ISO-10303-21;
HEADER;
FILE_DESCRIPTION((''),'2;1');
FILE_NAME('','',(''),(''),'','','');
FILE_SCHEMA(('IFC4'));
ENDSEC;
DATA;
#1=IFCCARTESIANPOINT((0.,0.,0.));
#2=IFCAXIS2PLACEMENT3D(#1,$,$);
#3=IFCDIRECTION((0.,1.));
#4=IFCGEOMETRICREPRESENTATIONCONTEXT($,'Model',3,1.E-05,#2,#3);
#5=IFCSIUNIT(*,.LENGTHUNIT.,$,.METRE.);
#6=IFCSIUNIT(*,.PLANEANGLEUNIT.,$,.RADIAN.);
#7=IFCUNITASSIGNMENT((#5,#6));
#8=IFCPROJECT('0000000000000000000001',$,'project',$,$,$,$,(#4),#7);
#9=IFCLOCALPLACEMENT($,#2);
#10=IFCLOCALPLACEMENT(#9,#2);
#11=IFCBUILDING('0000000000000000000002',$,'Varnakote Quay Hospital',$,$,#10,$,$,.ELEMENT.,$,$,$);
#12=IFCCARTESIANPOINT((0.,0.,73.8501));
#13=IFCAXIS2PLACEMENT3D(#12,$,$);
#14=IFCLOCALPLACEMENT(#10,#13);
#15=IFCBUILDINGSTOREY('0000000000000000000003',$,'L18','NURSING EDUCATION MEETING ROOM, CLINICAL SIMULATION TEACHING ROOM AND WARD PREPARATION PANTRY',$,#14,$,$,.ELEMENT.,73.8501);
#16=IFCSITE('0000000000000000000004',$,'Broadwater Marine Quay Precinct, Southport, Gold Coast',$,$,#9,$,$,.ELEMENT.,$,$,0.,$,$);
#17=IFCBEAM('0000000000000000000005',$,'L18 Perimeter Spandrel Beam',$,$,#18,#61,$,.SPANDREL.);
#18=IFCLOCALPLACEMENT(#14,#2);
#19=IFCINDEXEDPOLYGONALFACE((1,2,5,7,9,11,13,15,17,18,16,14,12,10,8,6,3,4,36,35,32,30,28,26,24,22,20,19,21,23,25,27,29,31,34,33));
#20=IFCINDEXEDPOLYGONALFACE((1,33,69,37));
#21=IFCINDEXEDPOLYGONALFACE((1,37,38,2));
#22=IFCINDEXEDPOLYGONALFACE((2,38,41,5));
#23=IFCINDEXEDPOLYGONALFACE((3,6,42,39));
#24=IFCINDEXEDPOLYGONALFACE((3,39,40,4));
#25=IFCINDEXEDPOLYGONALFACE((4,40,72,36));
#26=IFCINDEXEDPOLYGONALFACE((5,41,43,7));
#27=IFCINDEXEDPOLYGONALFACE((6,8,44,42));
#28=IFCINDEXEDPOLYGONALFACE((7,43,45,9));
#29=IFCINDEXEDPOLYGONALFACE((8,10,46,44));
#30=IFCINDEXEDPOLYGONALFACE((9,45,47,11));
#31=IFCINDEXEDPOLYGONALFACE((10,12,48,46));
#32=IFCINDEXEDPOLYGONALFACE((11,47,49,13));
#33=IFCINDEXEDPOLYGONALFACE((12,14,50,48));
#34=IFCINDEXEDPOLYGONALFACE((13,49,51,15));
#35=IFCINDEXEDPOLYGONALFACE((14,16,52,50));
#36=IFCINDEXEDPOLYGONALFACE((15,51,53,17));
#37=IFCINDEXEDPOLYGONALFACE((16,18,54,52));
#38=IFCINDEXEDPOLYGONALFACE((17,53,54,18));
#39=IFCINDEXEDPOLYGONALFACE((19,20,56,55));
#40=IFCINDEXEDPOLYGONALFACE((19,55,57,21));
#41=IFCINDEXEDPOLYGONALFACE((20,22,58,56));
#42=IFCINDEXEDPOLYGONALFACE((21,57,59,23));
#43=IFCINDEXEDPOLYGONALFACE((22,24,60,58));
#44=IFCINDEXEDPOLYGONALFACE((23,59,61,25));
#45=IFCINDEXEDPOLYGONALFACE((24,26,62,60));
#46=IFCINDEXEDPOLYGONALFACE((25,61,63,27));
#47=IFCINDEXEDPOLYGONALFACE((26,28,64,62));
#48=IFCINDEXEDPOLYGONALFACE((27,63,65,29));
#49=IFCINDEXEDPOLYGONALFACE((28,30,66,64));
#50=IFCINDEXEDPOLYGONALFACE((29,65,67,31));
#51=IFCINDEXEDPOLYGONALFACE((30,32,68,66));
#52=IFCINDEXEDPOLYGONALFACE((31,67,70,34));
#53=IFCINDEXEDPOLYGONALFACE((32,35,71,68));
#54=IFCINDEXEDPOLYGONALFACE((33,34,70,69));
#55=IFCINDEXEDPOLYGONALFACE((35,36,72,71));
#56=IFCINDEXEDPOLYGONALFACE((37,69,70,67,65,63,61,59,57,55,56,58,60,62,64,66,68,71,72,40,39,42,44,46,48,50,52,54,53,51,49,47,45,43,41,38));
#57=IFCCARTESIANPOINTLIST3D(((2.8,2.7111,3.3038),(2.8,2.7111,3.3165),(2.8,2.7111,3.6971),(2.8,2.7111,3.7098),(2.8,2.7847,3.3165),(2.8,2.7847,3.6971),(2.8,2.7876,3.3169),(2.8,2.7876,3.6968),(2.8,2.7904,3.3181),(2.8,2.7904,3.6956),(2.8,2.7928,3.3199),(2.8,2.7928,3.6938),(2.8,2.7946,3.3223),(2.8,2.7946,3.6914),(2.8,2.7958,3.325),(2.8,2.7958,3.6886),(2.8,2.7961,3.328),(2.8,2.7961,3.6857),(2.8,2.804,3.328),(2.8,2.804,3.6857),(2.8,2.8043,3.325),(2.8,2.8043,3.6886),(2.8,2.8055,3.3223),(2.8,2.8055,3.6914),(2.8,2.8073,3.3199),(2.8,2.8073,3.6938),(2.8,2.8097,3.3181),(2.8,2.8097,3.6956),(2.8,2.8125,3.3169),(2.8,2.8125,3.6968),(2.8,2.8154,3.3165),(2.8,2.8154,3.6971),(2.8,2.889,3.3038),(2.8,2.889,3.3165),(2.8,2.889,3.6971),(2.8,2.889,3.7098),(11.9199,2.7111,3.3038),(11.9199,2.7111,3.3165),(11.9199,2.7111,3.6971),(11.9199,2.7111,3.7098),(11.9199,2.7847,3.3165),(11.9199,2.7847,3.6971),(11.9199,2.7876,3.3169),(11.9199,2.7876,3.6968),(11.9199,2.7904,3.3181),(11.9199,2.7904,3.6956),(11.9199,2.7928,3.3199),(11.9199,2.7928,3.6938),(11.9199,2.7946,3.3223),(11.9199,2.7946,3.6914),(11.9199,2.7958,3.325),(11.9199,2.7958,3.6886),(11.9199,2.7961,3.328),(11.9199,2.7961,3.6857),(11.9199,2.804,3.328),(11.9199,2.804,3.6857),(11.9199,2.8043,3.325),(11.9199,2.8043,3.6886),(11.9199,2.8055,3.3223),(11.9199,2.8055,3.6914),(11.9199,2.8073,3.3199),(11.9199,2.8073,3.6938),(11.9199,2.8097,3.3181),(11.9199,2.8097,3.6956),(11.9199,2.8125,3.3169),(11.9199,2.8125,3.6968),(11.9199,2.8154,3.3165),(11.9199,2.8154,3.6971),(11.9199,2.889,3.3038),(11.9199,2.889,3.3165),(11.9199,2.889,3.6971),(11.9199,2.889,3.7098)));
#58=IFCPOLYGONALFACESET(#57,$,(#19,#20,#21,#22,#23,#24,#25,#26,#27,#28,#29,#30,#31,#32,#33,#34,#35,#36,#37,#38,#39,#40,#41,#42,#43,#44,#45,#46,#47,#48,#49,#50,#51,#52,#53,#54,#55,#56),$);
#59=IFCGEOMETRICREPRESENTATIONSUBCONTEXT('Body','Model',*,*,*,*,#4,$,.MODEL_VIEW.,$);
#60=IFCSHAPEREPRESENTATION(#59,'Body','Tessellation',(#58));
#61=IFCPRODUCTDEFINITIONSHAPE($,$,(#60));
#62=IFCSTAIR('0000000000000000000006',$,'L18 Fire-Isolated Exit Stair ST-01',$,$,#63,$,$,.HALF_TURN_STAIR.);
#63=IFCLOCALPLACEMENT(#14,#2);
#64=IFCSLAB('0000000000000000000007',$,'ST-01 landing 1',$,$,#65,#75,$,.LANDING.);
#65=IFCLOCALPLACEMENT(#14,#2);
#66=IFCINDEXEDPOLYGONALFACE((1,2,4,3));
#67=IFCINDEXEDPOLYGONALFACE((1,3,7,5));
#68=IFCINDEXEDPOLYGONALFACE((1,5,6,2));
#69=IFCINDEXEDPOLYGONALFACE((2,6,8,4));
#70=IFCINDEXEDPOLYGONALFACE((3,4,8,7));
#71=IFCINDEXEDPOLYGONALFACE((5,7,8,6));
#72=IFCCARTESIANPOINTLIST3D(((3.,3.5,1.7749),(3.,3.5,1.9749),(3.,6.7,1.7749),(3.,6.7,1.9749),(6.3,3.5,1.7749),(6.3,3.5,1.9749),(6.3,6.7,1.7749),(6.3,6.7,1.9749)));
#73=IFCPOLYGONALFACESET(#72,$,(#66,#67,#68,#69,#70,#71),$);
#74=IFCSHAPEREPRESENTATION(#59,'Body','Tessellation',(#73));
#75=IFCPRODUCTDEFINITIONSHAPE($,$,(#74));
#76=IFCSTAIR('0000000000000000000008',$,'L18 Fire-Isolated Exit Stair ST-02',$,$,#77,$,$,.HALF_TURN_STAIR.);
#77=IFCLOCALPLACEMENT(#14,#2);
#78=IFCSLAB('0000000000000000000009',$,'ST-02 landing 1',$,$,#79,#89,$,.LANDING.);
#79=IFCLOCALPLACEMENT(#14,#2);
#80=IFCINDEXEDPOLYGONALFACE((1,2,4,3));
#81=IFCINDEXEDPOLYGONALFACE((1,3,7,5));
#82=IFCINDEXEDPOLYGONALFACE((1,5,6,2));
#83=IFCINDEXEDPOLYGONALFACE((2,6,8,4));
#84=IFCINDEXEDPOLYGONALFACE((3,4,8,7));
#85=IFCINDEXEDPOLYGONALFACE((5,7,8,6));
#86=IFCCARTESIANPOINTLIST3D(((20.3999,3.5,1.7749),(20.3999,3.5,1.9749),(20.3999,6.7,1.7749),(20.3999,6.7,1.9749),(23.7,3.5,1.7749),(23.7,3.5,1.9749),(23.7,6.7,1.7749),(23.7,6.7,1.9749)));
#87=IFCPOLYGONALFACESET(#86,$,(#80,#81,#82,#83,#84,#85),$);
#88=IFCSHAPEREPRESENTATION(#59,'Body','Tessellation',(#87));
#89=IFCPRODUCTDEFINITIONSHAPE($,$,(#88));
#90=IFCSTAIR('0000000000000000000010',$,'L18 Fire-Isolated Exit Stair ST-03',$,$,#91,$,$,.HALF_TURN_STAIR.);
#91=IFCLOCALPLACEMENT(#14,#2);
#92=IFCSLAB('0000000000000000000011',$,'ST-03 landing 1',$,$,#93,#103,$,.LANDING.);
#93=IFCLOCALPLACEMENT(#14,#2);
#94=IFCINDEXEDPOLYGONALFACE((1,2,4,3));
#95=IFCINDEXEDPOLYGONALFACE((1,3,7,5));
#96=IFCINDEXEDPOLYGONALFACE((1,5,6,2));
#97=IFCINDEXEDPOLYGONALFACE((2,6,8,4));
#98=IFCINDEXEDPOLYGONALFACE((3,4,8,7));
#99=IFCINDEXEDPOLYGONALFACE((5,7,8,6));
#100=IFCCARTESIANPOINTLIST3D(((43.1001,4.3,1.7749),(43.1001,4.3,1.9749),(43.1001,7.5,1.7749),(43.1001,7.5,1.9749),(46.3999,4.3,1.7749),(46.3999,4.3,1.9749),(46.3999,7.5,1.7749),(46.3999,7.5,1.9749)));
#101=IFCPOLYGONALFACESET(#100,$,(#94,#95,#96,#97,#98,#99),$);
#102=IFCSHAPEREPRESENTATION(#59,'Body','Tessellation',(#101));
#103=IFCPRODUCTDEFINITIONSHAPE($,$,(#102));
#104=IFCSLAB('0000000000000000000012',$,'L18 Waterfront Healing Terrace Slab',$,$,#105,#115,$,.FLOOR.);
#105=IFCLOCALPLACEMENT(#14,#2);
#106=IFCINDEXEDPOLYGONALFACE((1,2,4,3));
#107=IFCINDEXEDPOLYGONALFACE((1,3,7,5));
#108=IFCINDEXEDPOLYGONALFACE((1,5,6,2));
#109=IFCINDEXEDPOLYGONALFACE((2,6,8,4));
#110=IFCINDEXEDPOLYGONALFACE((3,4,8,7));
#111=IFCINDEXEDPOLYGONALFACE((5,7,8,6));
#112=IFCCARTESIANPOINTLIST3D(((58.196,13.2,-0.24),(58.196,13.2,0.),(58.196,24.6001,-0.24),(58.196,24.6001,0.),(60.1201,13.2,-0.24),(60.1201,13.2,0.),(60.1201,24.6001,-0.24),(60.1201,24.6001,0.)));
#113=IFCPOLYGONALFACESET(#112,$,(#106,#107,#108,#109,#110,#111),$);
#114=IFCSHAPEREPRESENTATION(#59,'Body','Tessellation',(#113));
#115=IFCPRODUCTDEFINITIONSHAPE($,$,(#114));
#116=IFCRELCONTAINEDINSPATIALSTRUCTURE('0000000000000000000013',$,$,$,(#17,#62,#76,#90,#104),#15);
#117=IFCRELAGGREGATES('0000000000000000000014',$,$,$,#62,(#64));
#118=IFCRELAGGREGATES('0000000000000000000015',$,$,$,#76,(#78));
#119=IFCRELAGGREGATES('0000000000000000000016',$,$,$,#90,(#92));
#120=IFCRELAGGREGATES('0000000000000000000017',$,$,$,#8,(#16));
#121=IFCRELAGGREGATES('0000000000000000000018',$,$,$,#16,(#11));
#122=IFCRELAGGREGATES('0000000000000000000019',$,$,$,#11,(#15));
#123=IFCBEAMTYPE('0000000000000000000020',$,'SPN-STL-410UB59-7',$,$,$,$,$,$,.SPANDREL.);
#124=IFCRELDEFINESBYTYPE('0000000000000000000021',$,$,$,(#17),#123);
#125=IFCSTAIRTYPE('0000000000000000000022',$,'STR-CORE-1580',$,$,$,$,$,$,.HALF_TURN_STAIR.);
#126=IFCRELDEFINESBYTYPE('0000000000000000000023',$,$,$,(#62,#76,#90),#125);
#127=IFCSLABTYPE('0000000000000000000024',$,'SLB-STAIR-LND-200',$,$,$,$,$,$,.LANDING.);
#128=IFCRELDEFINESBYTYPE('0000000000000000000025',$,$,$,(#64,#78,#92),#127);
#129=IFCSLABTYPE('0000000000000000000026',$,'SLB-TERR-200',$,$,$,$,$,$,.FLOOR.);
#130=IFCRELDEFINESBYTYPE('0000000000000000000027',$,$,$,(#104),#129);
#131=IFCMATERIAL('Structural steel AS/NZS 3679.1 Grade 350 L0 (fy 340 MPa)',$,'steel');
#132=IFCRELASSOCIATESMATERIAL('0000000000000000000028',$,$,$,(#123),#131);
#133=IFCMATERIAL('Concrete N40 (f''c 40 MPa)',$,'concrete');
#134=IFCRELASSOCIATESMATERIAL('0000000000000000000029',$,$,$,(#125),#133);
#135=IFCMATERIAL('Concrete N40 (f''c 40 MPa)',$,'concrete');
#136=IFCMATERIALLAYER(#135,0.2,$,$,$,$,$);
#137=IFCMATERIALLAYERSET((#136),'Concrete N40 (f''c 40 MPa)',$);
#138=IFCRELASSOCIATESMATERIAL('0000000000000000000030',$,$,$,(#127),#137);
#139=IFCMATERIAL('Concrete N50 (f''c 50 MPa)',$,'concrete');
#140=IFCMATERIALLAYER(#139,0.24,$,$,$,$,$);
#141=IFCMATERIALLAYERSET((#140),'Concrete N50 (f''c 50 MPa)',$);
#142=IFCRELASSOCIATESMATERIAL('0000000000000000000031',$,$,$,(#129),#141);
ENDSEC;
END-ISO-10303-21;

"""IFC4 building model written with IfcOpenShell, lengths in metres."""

from ifc_helpers import new_model, si_unit, direction, frame, origin, origin_2d, place, context, subcontext, project, spatial, polyline, i_section, outline, extrude, material, layer, layer_set, material_profile, profile_set, type_object, element, aggregate, save


model = new_model("IFC4")

# Units and contexts
model_context = context("Model", 3, precision=1e-05, world=origin(), true_north=direction((0.0, 1.0)))
body_context = subcontext(model_context, "Body", "Model", "MODEL_VIEW")
ifc_project = project(units=[si_unit("LENGTHUNIT", "METRE"), si_unit("PLANEANGLEUNIT", "RADIAN")], contexts=[model_context])

# Site, building, storey
site_placement = place(None, origin())
site = spatial("IfcSite", under=ifc_project, at=site_placement, Name="Broadwater Marine Quay Precinct, Southport, Gold Coast", CompositionType="ELEMENT", RefElevation=0.0)
building_placement = place(site_placement, origin())
building = spatial("IfcBuilding", under=site, at=building_placement, Name="Varnakote Quay Hospital", CompositionType="ELEMENT")
storey_placement = place(building_placement, frame((0.0, 0.0, 73.8501)))
storey = spatial("IfcBuildingStorey", under=building, at=storey_placement, Name="L18", Description="NURSING EDUCATION MEETING ROOM, CLINICAL SIMULATION TEACHING ROOM AND WARD PREPARATION PANTRY", CompositionType="ELEMENT", Elevation=73.8501)

# Beam
ifc_material_1 = material(Name="Structural steel AS/NZS 3679.1 Grade 350 L0 (fy 340 MPa)", Category="steel")
ifc_material_profile_1 = material_profile(ifc_material_1, i_section(OverallWidth=0.178, OverallDepth=0.406, WebThickness=0.0078, FlangeThickness=0.0127, FilletRadius=0.0115, at=origin_2d()), Name="410UB59.7")
ifc_profile_set_1 = profile_set([ifc_material_profile_1], Name="Structural steel AS/NZS 3679.1 Grade 350 L0 (fy 340 MPa)")
beam_type_1 = type_object("IfcBeamType", Name="SPN-STL-410UB59-7", PredefinedType="SPANDREL", material=ifc_profile_set_1)
beam_1_placement = place(storey_placement, frame((2.8, 2.8, 3.5068), z_axis=(1.0, 0.0, 0.0), x_axis=(0.0, 1.0, 0.0)))
element("IfcBeam", 1, at=beam_1_placement, inside=storey, type_object=beam_type_1, Name="L18 Perimeter Spandrel Beam", PredefinedType="SPANDREL", context=body_context, shape_type="SweptSolid", body=[
    extrude(i_section(OverallWidth=0.178, OverallDepth=0.406, WebThickness=0.0078, FlangeThickness=0.0127, FilletRadius=0.0115, at=origin_2d()), origin(), (0.0, 0.0, 1.0), 9.1199),
])

# Stairs, slabs
ifc_material_2 = material(Name="Concrete N40 (f'c 40 MPa)", Category="concrete")
stair_type = type_object("IfcStairType", Name="STR-CORE-1580", PredefinedType="HALF_TURN_STAIR", material=ifc_material_2)
stair_1_placement = place(storey_placement, origin())
stair_1 = element("IfcStair", 2, at=stair_1_placement, inside=storey, type_object=stair_type, Name="L18 Fire-Isolated Exit Stair ST-01", PredefinedType="HALF_TURN_STAIR")
ifc_material_3 = material(Name="Concrete N40 (f'c 40 MPa)", Category="concrete")
ifc_layer_1 = layer(ifc_material_3, 0.2)
ifc_layer_set_1 = layer_set([ifc_layer_1], Name="Concrete N40 (f'c 40 MPa)")
slab_type_1 = type_object("IfcSlabType", Name="SLB-STAIR-LND-200", PredefinedType="LANDING", material=ifc_layer_set_1)
slab_1_placement = place(storey_placement, frame((0.0, 0.0, 1.7749)))
slab_1 = element("IfcSlab", 3, at=slab_1_placement, type_object=slab_type_1, Name="ST-01 landing 1", PredefinedType="LANDING", context=body_context, shape_type="SweptSolid", body=[
    extrude(outline(polyline([(3.0, 6.7), (3.0, 3.5), (6.3, 3.5), (6.3, 6.7), (3.0, 6.7)])), origin(), (0.0, 0.0, 1.0), 0.2),
])
aggregate(stair_1, [slab_1])
stair_2_placement = place(storey_placement, origin())
stair_2 = element("IfcStair", 4, at=stair_2_placement, inside=storey, type_object=stair_type, Name="L18 Fire-Isolated Exit Stair ST-02", PredefinedType="HALF_TURN_STAIR")
slab_2_placement = place(storey_placement, frame((0.0, 0.0, 1.7749)))
slab_2 = element("IfcSlab", 5, at=slab_2_placement, type_object=slab_type_1, Name="ST-02 landing 1", PredefinedType="LANDING", context=body_context, shape_type="SweptSolid", body=[
    extrude(outline(polyline([(20.3999, 6.7), (20.3999, 3.5), (23.7, 3.5), (23.7, 6.7), (20.3999, 6.7)])), origin(), (0.0, 0.0, 1.0), 0.2),
])
aggregate(stair_2, [slab_2])
stair_3_placement = place(storey_placement, origin())
stair_3 = element("IfcStair", 6, at=stair_3_placement, inside=storey, type_object=stair_type, Name="L18 Fire-Isolated Exit Stair ST-03", PredefinedType="HALF_TURN_STAIR")
slab_3_placement = place(storey_placement, frame((0.0, 0.0, 1.7749)))
slab_3 = element("IfcSlab", 7, at=slab_3_placement, type_object=slab_type_1, Name="ST-03 landing 1", PredefinedType="LANDING", context=body_context, shape_type="SweptSolid", body=[
    extrude(outline(polyline([(43.1001, 7.5), (43.1001, 4.3), (46.3999, 4.3), (46.3999, 7.5), (43.1001, 7.5)])), origin(), (0.0, 0.0, 1.0), 0.2),
])
aggregate(stair_3, [slab_3])

# Slab
ifc_material_4 = material(Name="Concrete N50 (f'c 50 MPa)", Category="concrete")
ifc_layer_2 = layer(ifc_material_4, 0.24)
ifc_layer_set_2 = layer_set([ifc_layer_2], Name="Concrete N50 (f'c 50 MPa)")
slab_type_2 = type_object("IfcSlabType", Name="SLB-TERR-200", PredefinedType="FLOOR", material=ifc_layer_set_2)
slab_4_placement = place(storey_placement, frame((0.0, 0.0, -0.24)))
element("IfcSlab", 8, at=slab_4_placement, inside=storey, type_object=slab_type_2, Name="L18 Waterfront Healing Terrace Slab", PredefinedType="FLOOR", context=body_context, shape_type="SweptSolid", body=[
    extrude(outline(polyline([(58.196, 24.6001), (58.196, 13.2), (60.1201, 13.2), (60.1201, 24.6001), (58.196, 24.6001)])), origin(), (0.0, 0.0, 1.0), 0.24),
])

save(model, "model.ifc")
